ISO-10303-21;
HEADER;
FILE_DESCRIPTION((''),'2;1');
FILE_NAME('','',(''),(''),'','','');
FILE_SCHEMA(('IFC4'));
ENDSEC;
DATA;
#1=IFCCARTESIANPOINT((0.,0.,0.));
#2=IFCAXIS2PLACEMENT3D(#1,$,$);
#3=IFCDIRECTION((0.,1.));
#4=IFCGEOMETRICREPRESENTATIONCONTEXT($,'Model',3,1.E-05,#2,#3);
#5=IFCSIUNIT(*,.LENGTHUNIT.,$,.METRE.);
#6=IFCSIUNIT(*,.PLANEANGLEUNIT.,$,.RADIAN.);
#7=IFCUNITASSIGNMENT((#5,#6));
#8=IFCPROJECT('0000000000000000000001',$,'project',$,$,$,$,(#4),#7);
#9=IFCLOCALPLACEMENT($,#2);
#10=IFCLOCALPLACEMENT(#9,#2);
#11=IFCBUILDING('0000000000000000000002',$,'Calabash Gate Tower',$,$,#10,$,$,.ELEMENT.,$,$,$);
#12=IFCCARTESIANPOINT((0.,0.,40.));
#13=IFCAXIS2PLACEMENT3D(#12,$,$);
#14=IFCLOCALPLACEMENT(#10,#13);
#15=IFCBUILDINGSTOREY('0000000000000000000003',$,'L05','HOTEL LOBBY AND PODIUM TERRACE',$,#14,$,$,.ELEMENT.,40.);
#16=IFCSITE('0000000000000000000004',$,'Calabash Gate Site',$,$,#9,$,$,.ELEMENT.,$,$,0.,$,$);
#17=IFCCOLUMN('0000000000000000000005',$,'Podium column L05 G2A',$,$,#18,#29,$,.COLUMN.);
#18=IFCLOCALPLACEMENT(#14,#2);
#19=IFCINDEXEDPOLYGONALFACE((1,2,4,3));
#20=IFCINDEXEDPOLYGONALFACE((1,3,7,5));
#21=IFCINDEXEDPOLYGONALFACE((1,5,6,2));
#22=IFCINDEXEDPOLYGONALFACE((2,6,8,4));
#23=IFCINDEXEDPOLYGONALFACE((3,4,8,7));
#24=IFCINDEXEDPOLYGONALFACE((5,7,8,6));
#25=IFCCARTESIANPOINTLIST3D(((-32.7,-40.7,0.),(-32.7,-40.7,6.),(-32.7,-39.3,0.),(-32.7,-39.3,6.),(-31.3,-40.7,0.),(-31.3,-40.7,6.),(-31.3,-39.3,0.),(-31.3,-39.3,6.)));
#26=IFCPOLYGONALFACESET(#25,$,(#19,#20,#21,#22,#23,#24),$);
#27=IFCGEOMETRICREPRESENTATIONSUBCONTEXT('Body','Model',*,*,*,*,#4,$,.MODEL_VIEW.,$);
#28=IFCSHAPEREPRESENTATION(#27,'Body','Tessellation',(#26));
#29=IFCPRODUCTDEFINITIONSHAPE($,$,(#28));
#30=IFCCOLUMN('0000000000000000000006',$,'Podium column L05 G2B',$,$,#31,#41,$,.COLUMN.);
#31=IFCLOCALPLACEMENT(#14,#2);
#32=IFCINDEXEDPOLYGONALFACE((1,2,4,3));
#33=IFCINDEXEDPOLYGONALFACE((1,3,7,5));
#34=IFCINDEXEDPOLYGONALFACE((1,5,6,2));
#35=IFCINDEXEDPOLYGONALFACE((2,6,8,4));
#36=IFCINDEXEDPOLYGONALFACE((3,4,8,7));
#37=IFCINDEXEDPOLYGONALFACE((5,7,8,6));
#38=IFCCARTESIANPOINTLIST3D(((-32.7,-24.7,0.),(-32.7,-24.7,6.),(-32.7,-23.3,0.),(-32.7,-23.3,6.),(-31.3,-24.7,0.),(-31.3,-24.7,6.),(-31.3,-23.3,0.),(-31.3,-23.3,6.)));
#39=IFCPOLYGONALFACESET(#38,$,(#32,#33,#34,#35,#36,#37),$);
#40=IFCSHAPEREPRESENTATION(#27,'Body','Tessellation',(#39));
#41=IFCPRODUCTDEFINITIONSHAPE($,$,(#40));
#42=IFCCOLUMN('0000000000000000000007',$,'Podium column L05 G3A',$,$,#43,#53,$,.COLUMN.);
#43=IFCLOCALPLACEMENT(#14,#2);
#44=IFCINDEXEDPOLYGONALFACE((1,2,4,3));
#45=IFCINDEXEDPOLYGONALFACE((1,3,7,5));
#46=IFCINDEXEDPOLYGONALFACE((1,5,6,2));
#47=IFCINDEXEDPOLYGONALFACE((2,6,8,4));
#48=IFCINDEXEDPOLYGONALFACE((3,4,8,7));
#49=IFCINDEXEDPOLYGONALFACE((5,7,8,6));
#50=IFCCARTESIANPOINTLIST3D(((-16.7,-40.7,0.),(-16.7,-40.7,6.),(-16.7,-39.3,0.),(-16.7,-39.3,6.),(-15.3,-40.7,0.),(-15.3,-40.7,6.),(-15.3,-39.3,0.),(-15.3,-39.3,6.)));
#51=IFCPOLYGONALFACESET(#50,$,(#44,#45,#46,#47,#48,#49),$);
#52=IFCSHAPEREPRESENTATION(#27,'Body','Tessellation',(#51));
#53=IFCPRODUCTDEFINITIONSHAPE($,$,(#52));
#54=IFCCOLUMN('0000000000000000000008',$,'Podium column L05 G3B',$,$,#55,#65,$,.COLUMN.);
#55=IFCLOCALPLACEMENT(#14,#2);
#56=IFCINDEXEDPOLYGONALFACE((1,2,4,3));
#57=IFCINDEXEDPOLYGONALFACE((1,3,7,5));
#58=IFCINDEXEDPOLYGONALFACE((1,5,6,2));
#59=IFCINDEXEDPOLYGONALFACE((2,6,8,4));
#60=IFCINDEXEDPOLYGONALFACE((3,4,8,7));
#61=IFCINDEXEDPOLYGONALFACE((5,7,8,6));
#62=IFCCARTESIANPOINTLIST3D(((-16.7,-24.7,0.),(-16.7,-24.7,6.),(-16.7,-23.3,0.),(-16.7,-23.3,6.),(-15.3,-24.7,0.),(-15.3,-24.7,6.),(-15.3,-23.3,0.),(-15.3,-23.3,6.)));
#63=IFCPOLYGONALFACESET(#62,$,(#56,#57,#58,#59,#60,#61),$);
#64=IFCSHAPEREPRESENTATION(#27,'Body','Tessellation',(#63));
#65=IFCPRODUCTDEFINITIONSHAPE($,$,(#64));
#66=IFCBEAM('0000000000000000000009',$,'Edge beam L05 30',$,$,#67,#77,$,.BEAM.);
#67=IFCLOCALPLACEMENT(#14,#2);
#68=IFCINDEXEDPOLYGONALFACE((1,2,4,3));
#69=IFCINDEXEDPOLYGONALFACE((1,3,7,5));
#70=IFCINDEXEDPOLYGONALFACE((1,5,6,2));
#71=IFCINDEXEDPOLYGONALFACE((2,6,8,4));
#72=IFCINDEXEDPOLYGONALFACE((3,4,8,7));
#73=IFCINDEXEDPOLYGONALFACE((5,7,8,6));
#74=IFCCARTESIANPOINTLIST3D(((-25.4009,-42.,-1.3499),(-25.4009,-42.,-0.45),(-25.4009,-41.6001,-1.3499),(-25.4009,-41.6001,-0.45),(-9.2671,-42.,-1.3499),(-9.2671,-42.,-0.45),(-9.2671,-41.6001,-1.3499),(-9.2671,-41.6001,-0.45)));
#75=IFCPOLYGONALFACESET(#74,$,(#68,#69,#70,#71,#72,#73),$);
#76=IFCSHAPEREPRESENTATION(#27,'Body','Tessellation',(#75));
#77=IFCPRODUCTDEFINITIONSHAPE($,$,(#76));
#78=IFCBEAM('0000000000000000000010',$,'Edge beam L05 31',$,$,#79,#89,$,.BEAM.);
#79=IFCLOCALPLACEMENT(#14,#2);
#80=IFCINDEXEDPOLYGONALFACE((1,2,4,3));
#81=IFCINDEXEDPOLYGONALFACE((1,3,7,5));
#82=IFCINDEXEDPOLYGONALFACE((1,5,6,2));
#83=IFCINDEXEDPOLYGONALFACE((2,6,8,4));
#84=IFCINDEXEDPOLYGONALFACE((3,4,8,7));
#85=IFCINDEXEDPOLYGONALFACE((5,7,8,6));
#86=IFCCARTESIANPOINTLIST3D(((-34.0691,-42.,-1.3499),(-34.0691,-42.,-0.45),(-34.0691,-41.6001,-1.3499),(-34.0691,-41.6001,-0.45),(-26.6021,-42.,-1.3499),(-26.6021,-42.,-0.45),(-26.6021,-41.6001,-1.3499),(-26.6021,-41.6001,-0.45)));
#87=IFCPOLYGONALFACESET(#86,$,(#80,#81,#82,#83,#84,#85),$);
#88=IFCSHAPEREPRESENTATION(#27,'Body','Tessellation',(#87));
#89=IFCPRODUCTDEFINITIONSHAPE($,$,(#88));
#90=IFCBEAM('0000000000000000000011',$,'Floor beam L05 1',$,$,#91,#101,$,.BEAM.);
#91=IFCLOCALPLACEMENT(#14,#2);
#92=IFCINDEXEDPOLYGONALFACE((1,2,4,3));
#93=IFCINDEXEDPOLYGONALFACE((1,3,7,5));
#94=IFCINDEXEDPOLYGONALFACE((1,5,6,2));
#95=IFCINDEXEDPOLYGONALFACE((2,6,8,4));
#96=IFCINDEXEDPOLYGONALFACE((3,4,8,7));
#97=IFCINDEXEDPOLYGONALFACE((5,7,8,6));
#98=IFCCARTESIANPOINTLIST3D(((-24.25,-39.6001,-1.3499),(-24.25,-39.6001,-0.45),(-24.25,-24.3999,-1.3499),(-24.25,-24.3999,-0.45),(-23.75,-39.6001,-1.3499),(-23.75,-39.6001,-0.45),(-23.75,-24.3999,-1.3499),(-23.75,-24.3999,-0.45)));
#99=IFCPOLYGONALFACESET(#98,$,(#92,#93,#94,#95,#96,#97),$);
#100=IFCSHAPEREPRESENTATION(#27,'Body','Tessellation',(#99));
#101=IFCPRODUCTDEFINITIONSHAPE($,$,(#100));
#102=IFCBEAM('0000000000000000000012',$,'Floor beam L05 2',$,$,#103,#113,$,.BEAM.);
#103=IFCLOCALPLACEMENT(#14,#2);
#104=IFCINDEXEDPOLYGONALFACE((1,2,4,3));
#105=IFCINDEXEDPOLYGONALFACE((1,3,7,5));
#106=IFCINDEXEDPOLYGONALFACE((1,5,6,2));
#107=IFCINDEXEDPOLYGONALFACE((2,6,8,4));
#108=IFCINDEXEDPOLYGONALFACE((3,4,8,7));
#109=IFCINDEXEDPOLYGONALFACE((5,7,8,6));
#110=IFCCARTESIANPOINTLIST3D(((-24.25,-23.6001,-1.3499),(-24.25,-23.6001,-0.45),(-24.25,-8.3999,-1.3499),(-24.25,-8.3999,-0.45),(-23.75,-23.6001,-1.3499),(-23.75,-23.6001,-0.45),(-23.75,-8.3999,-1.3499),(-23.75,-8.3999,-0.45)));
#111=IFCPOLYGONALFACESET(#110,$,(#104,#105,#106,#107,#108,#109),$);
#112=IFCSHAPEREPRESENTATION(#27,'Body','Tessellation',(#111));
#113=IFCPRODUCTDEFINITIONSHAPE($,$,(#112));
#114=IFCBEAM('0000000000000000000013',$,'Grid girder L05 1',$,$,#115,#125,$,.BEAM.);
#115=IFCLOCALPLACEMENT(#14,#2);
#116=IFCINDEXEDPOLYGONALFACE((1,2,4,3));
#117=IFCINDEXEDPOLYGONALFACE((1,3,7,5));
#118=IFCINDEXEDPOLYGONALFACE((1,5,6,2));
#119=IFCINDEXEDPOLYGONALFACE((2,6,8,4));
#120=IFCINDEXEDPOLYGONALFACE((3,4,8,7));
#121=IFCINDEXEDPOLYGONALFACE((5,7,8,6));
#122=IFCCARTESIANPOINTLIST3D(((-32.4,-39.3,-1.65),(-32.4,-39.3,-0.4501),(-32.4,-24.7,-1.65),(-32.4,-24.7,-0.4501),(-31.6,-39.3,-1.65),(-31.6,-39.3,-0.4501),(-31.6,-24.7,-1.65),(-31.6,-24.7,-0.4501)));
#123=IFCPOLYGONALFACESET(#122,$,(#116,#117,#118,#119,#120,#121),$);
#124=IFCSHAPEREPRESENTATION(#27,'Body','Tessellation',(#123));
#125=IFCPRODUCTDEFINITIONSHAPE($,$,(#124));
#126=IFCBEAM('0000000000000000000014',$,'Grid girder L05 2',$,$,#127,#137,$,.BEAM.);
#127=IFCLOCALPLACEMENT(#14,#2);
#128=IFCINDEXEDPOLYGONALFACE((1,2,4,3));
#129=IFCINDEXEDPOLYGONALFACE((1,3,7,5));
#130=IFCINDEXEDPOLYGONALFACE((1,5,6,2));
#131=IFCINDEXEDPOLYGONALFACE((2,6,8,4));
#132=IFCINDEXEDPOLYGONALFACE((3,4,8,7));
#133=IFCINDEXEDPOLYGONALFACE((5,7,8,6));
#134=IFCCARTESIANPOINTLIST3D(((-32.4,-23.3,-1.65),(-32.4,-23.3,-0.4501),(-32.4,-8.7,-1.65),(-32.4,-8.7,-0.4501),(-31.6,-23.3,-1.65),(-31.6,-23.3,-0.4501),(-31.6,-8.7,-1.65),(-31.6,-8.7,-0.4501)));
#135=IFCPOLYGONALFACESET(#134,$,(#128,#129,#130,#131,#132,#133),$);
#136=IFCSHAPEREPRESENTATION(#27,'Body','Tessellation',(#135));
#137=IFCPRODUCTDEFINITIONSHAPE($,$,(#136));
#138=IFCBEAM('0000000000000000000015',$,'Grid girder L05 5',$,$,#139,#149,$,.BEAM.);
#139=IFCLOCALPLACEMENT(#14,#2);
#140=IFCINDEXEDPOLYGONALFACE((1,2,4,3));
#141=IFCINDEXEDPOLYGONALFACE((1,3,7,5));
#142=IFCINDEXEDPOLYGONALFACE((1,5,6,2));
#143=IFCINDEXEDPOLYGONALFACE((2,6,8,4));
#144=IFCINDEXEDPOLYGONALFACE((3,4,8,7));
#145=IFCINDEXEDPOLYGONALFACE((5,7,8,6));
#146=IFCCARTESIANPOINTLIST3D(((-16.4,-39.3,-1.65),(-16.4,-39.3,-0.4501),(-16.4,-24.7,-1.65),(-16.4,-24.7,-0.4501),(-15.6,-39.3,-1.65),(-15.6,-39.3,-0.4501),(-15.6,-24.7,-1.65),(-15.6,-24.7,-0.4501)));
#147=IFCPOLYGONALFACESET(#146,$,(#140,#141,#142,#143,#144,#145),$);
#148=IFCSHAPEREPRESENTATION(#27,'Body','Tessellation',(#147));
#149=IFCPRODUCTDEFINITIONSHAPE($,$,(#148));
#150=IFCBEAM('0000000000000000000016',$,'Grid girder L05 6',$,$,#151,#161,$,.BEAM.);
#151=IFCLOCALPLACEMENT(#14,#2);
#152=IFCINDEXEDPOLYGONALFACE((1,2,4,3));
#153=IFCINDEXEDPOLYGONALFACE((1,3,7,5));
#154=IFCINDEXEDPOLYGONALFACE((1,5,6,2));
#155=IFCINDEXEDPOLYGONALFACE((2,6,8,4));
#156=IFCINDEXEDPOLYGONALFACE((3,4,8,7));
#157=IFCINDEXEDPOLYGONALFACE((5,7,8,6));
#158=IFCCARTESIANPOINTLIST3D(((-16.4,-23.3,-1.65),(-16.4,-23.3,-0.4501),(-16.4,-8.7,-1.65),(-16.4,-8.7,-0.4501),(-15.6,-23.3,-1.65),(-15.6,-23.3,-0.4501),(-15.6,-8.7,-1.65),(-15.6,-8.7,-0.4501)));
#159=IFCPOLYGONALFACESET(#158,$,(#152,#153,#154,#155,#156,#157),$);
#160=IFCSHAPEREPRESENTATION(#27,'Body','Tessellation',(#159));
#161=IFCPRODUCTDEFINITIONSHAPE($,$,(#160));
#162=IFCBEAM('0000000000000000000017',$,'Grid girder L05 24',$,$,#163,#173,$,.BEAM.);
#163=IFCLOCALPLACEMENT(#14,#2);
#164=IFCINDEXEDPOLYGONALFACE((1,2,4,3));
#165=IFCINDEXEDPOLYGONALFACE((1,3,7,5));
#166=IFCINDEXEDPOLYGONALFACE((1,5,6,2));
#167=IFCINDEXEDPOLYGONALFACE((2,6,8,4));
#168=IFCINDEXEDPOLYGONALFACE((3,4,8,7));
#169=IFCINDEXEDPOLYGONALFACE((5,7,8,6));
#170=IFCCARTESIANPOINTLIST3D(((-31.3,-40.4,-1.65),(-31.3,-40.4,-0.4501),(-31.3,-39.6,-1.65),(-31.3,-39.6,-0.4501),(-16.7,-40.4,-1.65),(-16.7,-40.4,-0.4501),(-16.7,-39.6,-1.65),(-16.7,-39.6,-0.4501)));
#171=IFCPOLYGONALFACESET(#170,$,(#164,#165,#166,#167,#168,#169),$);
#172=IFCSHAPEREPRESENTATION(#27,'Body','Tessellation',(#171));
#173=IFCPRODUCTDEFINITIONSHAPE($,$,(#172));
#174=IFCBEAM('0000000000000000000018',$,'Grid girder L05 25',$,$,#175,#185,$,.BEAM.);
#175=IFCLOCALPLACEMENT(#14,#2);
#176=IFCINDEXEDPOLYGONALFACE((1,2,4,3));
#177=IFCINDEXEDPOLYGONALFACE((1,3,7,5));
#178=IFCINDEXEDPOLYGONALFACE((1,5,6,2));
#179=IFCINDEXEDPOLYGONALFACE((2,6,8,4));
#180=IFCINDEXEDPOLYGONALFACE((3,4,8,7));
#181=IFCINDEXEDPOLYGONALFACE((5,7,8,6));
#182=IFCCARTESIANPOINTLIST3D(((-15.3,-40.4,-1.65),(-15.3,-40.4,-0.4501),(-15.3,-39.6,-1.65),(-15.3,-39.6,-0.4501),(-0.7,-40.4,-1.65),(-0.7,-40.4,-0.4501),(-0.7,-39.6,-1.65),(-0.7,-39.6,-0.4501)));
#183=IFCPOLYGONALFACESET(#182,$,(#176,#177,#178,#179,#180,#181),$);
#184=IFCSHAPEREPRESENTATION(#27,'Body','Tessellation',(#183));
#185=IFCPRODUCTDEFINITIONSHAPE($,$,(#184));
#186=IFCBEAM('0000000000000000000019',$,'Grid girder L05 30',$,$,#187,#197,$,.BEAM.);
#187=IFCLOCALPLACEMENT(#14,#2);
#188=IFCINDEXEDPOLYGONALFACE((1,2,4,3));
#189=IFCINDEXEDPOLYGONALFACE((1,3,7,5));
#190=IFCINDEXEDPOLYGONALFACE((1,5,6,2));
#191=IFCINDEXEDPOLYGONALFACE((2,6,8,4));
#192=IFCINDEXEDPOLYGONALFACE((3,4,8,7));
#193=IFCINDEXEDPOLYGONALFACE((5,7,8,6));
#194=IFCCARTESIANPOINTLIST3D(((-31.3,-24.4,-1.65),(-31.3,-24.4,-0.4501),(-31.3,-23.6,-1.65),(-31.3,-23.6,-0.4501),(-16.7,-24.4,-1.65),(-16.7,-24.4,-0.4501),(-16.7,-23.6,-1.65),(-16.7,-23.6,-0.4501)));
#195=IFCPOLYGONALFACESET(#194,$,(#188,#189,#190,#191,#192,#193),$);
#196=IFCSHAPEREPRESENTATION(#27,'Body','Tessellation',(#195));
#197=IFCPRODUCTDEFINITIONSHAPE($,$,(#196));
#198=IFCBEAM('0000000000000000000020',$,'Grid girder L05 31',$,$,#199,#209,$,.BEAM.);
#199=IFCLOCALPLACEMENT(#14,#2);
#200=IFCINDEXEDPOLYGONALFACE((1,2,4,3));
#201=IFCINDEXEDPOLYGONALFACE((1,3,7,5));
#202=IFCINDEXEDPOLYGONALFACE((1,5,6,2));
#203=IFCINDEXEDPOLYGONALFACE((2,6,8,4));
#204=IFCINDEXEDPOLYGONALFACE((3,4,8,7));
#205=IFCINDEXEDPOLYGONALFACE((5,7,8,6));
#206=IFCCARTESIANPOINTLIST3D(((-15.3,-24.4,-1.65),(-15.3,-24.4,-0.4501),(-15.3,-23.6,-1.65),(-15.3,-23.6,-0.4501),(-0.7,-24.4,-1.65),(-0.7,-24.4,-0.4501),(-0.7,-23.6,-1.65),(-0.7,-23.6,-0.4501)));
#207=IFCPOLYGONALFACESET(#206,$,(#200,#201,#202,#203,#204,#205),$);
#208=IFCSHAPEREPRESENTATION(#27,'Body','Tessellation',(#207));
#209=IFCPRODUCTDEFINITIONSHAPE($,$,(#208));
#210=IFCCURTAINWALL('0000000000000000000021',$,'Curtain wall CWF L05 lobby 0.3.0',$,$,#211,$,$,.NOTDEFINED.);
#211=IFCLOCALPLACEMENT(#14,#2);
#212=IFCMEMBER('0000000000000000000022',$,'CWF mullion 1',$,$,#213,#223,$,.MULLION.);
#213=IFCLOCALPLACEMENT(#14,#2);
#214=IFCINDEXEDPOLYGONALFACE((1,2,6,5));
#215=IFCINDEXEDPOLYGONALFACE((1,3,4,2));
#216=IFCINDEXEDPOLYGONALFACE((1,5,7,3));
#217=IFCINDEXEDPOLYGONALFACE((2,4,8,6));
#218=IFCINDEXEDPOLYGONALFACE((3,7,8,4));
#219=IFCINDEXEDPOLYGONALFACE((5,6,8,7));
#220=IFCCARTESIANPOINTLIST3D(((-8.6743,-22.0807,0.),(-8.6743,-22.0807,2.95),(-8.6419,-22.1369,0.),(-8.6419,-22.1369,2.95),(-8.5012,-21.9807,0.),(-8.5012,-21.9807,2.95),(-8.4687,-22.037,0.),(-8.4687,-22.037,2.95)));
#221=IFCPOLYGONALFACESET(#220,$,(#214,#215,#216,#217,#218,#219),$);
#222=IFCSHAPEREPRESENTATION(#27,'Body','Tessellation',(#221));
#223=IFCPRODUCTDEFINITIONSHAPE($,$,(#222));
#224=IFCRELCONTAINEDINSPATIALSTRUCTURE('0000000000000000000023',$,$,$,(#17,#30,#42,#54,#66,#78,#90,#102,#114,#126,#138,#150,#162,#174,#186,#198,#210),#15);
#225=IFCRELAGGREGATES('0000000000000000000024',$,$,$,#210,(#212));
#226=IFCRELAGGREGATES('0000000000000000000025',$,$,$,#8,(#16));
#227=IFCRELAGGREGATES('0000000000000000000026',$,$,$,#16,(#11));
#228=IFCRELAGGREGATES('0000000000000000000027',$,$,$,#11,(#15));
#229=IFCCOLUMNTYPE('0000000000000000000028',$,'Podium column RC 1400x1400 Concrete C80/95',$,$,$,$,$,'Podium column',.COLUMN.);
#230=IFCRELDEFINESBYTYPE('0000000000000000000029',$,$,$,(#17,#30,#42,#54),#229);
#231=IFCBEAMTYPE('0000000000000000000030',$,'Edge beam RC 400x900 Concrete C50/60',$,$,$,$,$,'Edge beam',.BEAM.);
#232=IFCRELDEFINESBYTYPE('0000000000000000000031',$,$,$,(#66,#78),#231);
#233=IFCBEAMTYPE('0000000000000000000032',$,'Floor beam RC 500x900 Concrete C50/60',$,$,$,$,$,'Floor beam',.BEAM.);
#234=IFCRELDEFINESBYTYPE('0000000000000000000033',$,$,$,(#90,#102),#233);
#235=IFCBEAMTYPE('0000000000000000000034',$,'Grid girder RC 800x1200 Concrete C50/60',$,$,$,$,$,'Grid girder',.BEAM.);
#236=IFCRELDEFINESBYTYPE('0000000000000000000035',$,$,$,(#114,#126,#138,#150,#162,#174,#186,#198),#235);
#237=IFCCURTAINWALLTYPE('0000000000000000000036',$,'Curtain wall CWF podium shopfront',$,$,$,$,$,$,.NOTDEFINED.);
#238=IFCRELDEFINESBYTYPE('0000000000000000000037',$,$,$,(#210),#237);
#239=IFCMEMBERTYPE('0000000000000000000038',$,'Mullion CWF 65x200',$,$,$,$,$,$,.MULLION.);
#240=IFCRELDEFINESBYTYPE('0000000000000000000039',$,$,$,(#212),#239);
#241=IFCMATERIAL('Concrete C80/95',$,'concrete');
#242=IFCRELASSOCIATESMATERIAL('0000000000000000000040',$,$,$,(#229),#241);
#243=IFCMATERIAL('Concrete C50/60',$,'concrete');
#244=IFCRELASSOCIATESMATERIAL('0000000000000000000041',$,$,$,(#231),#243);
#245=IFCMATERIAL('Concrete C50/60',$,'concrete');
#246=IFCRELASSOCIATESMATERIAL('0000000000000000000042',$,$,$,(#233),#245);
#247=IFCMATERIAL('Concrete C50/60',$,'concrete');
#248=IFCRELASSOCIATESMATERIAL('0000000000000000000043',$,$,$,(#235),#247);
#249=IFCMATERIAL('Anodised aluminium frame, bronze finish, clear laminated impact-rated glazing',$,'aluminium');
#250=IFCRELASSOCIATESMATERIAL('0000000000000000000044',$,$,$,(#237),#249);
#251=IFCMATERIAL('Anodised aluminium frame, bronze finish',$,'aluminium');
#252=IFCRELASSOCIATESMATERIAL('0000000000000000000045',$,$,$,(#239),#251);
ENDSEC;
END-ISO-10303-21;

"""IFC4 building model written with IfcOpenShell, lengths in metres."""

from ifc_helpers import new_model, si_unit, direction, frame, origin, origin_2d, place, context, subcontext, project, spatial, rectangle, extrude, material, material_profile, profile_set, type_object, element, aggregate, save


model = new_model("IFC4")

# Units and contexts
model_context = context("Model", 3, precision=1e-05, world=origin(), true_north=direction((0.0, 1.0)))
body_context = subcontext(model_context, "Body", "Model", "MODEL_VIEW")
ifc_project = project(units=[si_unit("LENGTHUNIT", "METRE"), si_unit("PLANEANGLEUNIT", "RADIAN")], contexts=[model_context])

# Site, building, storey
site_placement = place(None, origin())
site = spatial("IfcSite", under=ifc_project, at=site_placement, Name="Calabash Gate Site", CompositionType="ELEMENT", RefElevation=0.0)
building_placement = place(site_placement, origin())
building = spatial("IfcBuilding", under=site, at=building_placement, Name="Calabash Gate Tower", CompositionType="ELEMENT")
storey_placement = place(building_placement, frame((0.0, 0.0, 40.0)))
storey = spatial("IfcBuildingStorey", under=building, at=storey_placement, Name="L05", Description="HOTEL LOBBY AND PODIUM TERRACE", CompositionType="ELEMENT", Elevation=40.0)

# Columns
ifc_material_1 = material(Name="Concrete C80/95", Category="concrete")
ifc_material_profile_1 = material_profile(ifc_material_1, rectangle(XDim=1.3999, YDim=1.3999, at=origin_2d()))
ifc_profile_set_1 = profile_set([ifc_material_profile_1], Name="Concrete C80/95")
column_type = type_object("IfcColumnType", Name="Podium column RC 1400x1400 Concrete C80/95", ElementType="Podium column", PredefinedType="COLUMN", material=ifc_profile_set_1)
for number, where, z_axis, x_axis, name in (
    (1, (-32.0, -40.0, 0.0), (0.0, 0.0, 1.0), (1.0, 0.0, 0.0), "Podium column L05 G2A"),
    (2, (-32.0, -24.0, 0.0), (0.0, 0.0, 1.0), (1.0, 0.0, 0.0), "Podium column L05 G2B"),
    (3, (-16.0, -40.0, 0.0), (0.0, 0.0, 1.0), (1.0, 0.0, 0.0), "Podium column L05 G3A"),
    (4, (-16.0, -24.0, 0.0), (0.0, 0.0, 1.0), (1.0, 0.0, 0.0), "Podium column L05 G3B"),
):
    element("IfcColumn", number, at=place(storey_placement, frame(where, z_axis=z_axis, x_axis=x_axis)), inside=storey, type_object=column_type, Name=name, PredefinedType="COLUMN", context=body_context, shape_type="SweptSolid", body=[
        extrude(rectangle(XDim=1.3999, YDim=1.3999, at=origin_2d()), origin(), (0.0, 0.0, 1.0), 6.0),
    ])

# Beams
ifc_material_2 = material(Name="Concrete C50/60", Category="concrete")
ifc_material_profile_2 = material_profile(ifc_material_2, rectangle(XDim=0.3999, YDim=0.8999, at=origin_2d()))
ifc_profile_set_2 = profile_set([ifc_material_profile_2], Name="Concrete C50/60")
beam_type_1 = type_object("IfcBeamType", Name="Edge beam RC 400x900 Concrete C50/60", ElementType="Edge beam", PredefinedType="BEAM", material=ifc_profile_set_2)
beam_1_placement = place(storey_placement, frame((-9.2671, -41.8, -0.8999), z_axis=(-1.0, 0.0, 0.0), x_axis=(0.0, -1.0, 0.0)))
element("IfcBeam", 5, at=beam_1_placement, inside=storey, type_object=beam_type_1, Name="Edge beam L05 30", PredefinedType="BEAM", context=body_context, shape_type="SweptSolid", body=[
    extrude(rectangle(XDim=0.3999, YDim=0.8999, at=origin_2d()), origin(), (0.0, 0.0, 1.0), 16.1338),
])
beam_2_placement = place(storey_placement, frame((-26.6021, -41.8, -0.8999), z_axis=(-1.0, 0.0, 0.0), x_axis=(0.0, -1.0, 0.0)))
element("IfcBeam", 6, at=beam_2_placement, inside=storey, type_object=beam_type_1, Name="Edge beam L05 31", PredefinedType="BEAM", context=body_context, shape_type="SweptSolid", body=[
    extrude(rectangle(XDim=0.3999, YDim=0.8999, at=origin_2d()), origin(), (0.0, 0.0, 1.0), 7.467),
])
ifc_material_3 = material(Name="Concrete C50/60", Category="concrete")
ifc_material_profile_3 = material_profile(ifc_material_3, rectangle(XDim=0.5, YDim=0.8999, at=origin_2d()))
ifc_profile_set_3 = profile_set([ifc_material_profile_3], Name="Concrete C50/60")
beam_type_2 = type_object("IfcBeamType", Name="Floor beam RC 500x900 Concrete C50/60", ElementType="Floor beam", PredefinedType="BEAM", material=ifc_profile_set_3)
for number, where, z_axis, x_axis, name in (
    (7, (-24.0, -39.6001, -0.8999), (0.0, 1.0, 0.0), (-1.0, 0.0, 0.0), "Floor beam L05 1"),
    (8, (-24.0, -23.6001, -0.8999), (0.0, 1.0, 0.0), (-1.0, 0.0, 0.0), "Floor beam L05 2"),
):
    element("IfcBeam", number, at=place(storey_placement, frame(where, z_axis=z_axis, x_axis=x_axis)), inside=storey, type_object=beam_type_2, Name=name, PredefinedType="BEAM", context=body_context, shape_type="SweptSolid", body=[
        extrude(rectangle(XDim=0.5, YDim=0.8999, at=origin_2d()), origin(), (0.0, 0.0, 1.0), 15.2002),
    ])
ifc_material_4 = material(Name="Concrete C50/60", Category="concrete")
ifc_material_profile_4 = material_profile(ifc_material_4, rectangle(XDim=0.8, YDim=1.2, at=origin_2d()))
ifc_profile_set_4 = profile_set([ifc_material_profile_4], Name="Concrete C50/60")
beam_type_3 = type_object("IfcBeamType", Name="Grid girder RC 800x1200 Concrete C50/60", ElementType="Grid girder", PredefinedType="BEAM", material=ifc_profile_set_4)
for number, where, z_axis, x_axis, name in (
    (9, (-32.0, -39.3, -1.05), (0.0, 1.0, 0.0), (-1.0, 0.0, 0.0), "Grid girder L05 1"),
    (10, (-32.0, -23.3, -1.05), (0.0, 1.0, 0.0), (-1.0, 0.0, 0.0), "Grid girder L05 2"),
    (11, (-16.0, -39.3, -1.05), (0.0, 1.0, 0.0), (-1.0, 0.0, 0.0), "Grid girder L05 5"),
    (12, (-16.0, -23.3, -1.05), (0.0, 1.0, 0.0), (-1.0, 0.0, 0.0), "Grid girder L05 6"),
    (13, (-31.3, -40.0, -1.05), (1.0, 0.0, 0.0), (0.0, 1.0, 0.0), "Grid girder L05 24"),
    (14, (-15.3, -40.0, -1.05), (1.0, 0.0, 0.0), (0.0, 1.0, 0.0), "Grid girder L05 25"),
    (15, (-31.3, -24.0, -1.05), (1.0, 0.0, 0.0), (0.0, 1.0, 0.0), "Grid girder L05 30"),
    (16, (-15.3, -24.0, -1.05), (1.0, 0.0, 0.0), (0.0, 1.0, 0.0), "Grid girder L05 31"),
):
    element("IfcBeam", number, at=place(storey_placement, frame(where, z_axis=z_axis, x_axis=x_axis)), inside=storey, type_object=beam_type_3, Name=name, PredefinedType="BEAM", context=body_context, shape_type="SweptSolid", body=[
        extrude(rectangle(XDim=0.8, YDim=1.2, at=origin_2d()), origin(), (0.0, 0.0, 1.0), 14.6001),
    ])

# Curtain wall, member
ifc_material_5 = material(Name="Anodised aluminium frame, bronze finish, clear laminated impact-rated glazing", Category="aluminium")
curtain_wall_type = type_object("IfcCurtainWallType", Name="Curtain wall CWF podium shopfront", PredefinedType="NOTDEFINED", material=ifc_material_5)
curtain_wall_placement = place(storey_placement, origin())
curtain_wall = element("IfcCurtainWall", 17, at=curtain_wall_placement, inside=storey, type_object=curtain_wall_type, Name="Curtain wall CWF L05 lobby 0.3.0", PredefinedType="NOTDEFINED")
ifc_material_6 = material(Name="Anodised aluminium frame, bronze finish", Category="aluminium")
ifc_material_profile_5 = material_profile(ifc_material_6, rectangle(XDim=0.2, YDim=0.0649, at=origin_2d()))
ifc_profile_set_5 = profile_set([ifc_material_profile_5], Name="Anodised aluminium frame, bronze finish")
member_type = type_object("IfcMemberType", Name="Mullion CWF 65x200", PredefinedType="MULLION", material=ifc_profile_set_5)
member_placement = place(storey_placement, frame((-8.5715, -22.0588, 0.0), z_axis=(0.0, 0.0, 1.0), x_axis=(0.866025, 0.5, 0.0)))
member = element("IfcMember", 18, at=member_placement, type_object=member_type, Name="CWF mullion 1", PredefinedType="MULLION", context=body_context, shape_type="SweptSolid", body=[
    extrude(rectangle(XDim=0.2, YDim=0.0649, at=origin_2d()), origin(), (0.0, 0.0, 1.0), 2.95),
])
aggregate(curtain_wall, [member])

save(model, "model.ifc")
